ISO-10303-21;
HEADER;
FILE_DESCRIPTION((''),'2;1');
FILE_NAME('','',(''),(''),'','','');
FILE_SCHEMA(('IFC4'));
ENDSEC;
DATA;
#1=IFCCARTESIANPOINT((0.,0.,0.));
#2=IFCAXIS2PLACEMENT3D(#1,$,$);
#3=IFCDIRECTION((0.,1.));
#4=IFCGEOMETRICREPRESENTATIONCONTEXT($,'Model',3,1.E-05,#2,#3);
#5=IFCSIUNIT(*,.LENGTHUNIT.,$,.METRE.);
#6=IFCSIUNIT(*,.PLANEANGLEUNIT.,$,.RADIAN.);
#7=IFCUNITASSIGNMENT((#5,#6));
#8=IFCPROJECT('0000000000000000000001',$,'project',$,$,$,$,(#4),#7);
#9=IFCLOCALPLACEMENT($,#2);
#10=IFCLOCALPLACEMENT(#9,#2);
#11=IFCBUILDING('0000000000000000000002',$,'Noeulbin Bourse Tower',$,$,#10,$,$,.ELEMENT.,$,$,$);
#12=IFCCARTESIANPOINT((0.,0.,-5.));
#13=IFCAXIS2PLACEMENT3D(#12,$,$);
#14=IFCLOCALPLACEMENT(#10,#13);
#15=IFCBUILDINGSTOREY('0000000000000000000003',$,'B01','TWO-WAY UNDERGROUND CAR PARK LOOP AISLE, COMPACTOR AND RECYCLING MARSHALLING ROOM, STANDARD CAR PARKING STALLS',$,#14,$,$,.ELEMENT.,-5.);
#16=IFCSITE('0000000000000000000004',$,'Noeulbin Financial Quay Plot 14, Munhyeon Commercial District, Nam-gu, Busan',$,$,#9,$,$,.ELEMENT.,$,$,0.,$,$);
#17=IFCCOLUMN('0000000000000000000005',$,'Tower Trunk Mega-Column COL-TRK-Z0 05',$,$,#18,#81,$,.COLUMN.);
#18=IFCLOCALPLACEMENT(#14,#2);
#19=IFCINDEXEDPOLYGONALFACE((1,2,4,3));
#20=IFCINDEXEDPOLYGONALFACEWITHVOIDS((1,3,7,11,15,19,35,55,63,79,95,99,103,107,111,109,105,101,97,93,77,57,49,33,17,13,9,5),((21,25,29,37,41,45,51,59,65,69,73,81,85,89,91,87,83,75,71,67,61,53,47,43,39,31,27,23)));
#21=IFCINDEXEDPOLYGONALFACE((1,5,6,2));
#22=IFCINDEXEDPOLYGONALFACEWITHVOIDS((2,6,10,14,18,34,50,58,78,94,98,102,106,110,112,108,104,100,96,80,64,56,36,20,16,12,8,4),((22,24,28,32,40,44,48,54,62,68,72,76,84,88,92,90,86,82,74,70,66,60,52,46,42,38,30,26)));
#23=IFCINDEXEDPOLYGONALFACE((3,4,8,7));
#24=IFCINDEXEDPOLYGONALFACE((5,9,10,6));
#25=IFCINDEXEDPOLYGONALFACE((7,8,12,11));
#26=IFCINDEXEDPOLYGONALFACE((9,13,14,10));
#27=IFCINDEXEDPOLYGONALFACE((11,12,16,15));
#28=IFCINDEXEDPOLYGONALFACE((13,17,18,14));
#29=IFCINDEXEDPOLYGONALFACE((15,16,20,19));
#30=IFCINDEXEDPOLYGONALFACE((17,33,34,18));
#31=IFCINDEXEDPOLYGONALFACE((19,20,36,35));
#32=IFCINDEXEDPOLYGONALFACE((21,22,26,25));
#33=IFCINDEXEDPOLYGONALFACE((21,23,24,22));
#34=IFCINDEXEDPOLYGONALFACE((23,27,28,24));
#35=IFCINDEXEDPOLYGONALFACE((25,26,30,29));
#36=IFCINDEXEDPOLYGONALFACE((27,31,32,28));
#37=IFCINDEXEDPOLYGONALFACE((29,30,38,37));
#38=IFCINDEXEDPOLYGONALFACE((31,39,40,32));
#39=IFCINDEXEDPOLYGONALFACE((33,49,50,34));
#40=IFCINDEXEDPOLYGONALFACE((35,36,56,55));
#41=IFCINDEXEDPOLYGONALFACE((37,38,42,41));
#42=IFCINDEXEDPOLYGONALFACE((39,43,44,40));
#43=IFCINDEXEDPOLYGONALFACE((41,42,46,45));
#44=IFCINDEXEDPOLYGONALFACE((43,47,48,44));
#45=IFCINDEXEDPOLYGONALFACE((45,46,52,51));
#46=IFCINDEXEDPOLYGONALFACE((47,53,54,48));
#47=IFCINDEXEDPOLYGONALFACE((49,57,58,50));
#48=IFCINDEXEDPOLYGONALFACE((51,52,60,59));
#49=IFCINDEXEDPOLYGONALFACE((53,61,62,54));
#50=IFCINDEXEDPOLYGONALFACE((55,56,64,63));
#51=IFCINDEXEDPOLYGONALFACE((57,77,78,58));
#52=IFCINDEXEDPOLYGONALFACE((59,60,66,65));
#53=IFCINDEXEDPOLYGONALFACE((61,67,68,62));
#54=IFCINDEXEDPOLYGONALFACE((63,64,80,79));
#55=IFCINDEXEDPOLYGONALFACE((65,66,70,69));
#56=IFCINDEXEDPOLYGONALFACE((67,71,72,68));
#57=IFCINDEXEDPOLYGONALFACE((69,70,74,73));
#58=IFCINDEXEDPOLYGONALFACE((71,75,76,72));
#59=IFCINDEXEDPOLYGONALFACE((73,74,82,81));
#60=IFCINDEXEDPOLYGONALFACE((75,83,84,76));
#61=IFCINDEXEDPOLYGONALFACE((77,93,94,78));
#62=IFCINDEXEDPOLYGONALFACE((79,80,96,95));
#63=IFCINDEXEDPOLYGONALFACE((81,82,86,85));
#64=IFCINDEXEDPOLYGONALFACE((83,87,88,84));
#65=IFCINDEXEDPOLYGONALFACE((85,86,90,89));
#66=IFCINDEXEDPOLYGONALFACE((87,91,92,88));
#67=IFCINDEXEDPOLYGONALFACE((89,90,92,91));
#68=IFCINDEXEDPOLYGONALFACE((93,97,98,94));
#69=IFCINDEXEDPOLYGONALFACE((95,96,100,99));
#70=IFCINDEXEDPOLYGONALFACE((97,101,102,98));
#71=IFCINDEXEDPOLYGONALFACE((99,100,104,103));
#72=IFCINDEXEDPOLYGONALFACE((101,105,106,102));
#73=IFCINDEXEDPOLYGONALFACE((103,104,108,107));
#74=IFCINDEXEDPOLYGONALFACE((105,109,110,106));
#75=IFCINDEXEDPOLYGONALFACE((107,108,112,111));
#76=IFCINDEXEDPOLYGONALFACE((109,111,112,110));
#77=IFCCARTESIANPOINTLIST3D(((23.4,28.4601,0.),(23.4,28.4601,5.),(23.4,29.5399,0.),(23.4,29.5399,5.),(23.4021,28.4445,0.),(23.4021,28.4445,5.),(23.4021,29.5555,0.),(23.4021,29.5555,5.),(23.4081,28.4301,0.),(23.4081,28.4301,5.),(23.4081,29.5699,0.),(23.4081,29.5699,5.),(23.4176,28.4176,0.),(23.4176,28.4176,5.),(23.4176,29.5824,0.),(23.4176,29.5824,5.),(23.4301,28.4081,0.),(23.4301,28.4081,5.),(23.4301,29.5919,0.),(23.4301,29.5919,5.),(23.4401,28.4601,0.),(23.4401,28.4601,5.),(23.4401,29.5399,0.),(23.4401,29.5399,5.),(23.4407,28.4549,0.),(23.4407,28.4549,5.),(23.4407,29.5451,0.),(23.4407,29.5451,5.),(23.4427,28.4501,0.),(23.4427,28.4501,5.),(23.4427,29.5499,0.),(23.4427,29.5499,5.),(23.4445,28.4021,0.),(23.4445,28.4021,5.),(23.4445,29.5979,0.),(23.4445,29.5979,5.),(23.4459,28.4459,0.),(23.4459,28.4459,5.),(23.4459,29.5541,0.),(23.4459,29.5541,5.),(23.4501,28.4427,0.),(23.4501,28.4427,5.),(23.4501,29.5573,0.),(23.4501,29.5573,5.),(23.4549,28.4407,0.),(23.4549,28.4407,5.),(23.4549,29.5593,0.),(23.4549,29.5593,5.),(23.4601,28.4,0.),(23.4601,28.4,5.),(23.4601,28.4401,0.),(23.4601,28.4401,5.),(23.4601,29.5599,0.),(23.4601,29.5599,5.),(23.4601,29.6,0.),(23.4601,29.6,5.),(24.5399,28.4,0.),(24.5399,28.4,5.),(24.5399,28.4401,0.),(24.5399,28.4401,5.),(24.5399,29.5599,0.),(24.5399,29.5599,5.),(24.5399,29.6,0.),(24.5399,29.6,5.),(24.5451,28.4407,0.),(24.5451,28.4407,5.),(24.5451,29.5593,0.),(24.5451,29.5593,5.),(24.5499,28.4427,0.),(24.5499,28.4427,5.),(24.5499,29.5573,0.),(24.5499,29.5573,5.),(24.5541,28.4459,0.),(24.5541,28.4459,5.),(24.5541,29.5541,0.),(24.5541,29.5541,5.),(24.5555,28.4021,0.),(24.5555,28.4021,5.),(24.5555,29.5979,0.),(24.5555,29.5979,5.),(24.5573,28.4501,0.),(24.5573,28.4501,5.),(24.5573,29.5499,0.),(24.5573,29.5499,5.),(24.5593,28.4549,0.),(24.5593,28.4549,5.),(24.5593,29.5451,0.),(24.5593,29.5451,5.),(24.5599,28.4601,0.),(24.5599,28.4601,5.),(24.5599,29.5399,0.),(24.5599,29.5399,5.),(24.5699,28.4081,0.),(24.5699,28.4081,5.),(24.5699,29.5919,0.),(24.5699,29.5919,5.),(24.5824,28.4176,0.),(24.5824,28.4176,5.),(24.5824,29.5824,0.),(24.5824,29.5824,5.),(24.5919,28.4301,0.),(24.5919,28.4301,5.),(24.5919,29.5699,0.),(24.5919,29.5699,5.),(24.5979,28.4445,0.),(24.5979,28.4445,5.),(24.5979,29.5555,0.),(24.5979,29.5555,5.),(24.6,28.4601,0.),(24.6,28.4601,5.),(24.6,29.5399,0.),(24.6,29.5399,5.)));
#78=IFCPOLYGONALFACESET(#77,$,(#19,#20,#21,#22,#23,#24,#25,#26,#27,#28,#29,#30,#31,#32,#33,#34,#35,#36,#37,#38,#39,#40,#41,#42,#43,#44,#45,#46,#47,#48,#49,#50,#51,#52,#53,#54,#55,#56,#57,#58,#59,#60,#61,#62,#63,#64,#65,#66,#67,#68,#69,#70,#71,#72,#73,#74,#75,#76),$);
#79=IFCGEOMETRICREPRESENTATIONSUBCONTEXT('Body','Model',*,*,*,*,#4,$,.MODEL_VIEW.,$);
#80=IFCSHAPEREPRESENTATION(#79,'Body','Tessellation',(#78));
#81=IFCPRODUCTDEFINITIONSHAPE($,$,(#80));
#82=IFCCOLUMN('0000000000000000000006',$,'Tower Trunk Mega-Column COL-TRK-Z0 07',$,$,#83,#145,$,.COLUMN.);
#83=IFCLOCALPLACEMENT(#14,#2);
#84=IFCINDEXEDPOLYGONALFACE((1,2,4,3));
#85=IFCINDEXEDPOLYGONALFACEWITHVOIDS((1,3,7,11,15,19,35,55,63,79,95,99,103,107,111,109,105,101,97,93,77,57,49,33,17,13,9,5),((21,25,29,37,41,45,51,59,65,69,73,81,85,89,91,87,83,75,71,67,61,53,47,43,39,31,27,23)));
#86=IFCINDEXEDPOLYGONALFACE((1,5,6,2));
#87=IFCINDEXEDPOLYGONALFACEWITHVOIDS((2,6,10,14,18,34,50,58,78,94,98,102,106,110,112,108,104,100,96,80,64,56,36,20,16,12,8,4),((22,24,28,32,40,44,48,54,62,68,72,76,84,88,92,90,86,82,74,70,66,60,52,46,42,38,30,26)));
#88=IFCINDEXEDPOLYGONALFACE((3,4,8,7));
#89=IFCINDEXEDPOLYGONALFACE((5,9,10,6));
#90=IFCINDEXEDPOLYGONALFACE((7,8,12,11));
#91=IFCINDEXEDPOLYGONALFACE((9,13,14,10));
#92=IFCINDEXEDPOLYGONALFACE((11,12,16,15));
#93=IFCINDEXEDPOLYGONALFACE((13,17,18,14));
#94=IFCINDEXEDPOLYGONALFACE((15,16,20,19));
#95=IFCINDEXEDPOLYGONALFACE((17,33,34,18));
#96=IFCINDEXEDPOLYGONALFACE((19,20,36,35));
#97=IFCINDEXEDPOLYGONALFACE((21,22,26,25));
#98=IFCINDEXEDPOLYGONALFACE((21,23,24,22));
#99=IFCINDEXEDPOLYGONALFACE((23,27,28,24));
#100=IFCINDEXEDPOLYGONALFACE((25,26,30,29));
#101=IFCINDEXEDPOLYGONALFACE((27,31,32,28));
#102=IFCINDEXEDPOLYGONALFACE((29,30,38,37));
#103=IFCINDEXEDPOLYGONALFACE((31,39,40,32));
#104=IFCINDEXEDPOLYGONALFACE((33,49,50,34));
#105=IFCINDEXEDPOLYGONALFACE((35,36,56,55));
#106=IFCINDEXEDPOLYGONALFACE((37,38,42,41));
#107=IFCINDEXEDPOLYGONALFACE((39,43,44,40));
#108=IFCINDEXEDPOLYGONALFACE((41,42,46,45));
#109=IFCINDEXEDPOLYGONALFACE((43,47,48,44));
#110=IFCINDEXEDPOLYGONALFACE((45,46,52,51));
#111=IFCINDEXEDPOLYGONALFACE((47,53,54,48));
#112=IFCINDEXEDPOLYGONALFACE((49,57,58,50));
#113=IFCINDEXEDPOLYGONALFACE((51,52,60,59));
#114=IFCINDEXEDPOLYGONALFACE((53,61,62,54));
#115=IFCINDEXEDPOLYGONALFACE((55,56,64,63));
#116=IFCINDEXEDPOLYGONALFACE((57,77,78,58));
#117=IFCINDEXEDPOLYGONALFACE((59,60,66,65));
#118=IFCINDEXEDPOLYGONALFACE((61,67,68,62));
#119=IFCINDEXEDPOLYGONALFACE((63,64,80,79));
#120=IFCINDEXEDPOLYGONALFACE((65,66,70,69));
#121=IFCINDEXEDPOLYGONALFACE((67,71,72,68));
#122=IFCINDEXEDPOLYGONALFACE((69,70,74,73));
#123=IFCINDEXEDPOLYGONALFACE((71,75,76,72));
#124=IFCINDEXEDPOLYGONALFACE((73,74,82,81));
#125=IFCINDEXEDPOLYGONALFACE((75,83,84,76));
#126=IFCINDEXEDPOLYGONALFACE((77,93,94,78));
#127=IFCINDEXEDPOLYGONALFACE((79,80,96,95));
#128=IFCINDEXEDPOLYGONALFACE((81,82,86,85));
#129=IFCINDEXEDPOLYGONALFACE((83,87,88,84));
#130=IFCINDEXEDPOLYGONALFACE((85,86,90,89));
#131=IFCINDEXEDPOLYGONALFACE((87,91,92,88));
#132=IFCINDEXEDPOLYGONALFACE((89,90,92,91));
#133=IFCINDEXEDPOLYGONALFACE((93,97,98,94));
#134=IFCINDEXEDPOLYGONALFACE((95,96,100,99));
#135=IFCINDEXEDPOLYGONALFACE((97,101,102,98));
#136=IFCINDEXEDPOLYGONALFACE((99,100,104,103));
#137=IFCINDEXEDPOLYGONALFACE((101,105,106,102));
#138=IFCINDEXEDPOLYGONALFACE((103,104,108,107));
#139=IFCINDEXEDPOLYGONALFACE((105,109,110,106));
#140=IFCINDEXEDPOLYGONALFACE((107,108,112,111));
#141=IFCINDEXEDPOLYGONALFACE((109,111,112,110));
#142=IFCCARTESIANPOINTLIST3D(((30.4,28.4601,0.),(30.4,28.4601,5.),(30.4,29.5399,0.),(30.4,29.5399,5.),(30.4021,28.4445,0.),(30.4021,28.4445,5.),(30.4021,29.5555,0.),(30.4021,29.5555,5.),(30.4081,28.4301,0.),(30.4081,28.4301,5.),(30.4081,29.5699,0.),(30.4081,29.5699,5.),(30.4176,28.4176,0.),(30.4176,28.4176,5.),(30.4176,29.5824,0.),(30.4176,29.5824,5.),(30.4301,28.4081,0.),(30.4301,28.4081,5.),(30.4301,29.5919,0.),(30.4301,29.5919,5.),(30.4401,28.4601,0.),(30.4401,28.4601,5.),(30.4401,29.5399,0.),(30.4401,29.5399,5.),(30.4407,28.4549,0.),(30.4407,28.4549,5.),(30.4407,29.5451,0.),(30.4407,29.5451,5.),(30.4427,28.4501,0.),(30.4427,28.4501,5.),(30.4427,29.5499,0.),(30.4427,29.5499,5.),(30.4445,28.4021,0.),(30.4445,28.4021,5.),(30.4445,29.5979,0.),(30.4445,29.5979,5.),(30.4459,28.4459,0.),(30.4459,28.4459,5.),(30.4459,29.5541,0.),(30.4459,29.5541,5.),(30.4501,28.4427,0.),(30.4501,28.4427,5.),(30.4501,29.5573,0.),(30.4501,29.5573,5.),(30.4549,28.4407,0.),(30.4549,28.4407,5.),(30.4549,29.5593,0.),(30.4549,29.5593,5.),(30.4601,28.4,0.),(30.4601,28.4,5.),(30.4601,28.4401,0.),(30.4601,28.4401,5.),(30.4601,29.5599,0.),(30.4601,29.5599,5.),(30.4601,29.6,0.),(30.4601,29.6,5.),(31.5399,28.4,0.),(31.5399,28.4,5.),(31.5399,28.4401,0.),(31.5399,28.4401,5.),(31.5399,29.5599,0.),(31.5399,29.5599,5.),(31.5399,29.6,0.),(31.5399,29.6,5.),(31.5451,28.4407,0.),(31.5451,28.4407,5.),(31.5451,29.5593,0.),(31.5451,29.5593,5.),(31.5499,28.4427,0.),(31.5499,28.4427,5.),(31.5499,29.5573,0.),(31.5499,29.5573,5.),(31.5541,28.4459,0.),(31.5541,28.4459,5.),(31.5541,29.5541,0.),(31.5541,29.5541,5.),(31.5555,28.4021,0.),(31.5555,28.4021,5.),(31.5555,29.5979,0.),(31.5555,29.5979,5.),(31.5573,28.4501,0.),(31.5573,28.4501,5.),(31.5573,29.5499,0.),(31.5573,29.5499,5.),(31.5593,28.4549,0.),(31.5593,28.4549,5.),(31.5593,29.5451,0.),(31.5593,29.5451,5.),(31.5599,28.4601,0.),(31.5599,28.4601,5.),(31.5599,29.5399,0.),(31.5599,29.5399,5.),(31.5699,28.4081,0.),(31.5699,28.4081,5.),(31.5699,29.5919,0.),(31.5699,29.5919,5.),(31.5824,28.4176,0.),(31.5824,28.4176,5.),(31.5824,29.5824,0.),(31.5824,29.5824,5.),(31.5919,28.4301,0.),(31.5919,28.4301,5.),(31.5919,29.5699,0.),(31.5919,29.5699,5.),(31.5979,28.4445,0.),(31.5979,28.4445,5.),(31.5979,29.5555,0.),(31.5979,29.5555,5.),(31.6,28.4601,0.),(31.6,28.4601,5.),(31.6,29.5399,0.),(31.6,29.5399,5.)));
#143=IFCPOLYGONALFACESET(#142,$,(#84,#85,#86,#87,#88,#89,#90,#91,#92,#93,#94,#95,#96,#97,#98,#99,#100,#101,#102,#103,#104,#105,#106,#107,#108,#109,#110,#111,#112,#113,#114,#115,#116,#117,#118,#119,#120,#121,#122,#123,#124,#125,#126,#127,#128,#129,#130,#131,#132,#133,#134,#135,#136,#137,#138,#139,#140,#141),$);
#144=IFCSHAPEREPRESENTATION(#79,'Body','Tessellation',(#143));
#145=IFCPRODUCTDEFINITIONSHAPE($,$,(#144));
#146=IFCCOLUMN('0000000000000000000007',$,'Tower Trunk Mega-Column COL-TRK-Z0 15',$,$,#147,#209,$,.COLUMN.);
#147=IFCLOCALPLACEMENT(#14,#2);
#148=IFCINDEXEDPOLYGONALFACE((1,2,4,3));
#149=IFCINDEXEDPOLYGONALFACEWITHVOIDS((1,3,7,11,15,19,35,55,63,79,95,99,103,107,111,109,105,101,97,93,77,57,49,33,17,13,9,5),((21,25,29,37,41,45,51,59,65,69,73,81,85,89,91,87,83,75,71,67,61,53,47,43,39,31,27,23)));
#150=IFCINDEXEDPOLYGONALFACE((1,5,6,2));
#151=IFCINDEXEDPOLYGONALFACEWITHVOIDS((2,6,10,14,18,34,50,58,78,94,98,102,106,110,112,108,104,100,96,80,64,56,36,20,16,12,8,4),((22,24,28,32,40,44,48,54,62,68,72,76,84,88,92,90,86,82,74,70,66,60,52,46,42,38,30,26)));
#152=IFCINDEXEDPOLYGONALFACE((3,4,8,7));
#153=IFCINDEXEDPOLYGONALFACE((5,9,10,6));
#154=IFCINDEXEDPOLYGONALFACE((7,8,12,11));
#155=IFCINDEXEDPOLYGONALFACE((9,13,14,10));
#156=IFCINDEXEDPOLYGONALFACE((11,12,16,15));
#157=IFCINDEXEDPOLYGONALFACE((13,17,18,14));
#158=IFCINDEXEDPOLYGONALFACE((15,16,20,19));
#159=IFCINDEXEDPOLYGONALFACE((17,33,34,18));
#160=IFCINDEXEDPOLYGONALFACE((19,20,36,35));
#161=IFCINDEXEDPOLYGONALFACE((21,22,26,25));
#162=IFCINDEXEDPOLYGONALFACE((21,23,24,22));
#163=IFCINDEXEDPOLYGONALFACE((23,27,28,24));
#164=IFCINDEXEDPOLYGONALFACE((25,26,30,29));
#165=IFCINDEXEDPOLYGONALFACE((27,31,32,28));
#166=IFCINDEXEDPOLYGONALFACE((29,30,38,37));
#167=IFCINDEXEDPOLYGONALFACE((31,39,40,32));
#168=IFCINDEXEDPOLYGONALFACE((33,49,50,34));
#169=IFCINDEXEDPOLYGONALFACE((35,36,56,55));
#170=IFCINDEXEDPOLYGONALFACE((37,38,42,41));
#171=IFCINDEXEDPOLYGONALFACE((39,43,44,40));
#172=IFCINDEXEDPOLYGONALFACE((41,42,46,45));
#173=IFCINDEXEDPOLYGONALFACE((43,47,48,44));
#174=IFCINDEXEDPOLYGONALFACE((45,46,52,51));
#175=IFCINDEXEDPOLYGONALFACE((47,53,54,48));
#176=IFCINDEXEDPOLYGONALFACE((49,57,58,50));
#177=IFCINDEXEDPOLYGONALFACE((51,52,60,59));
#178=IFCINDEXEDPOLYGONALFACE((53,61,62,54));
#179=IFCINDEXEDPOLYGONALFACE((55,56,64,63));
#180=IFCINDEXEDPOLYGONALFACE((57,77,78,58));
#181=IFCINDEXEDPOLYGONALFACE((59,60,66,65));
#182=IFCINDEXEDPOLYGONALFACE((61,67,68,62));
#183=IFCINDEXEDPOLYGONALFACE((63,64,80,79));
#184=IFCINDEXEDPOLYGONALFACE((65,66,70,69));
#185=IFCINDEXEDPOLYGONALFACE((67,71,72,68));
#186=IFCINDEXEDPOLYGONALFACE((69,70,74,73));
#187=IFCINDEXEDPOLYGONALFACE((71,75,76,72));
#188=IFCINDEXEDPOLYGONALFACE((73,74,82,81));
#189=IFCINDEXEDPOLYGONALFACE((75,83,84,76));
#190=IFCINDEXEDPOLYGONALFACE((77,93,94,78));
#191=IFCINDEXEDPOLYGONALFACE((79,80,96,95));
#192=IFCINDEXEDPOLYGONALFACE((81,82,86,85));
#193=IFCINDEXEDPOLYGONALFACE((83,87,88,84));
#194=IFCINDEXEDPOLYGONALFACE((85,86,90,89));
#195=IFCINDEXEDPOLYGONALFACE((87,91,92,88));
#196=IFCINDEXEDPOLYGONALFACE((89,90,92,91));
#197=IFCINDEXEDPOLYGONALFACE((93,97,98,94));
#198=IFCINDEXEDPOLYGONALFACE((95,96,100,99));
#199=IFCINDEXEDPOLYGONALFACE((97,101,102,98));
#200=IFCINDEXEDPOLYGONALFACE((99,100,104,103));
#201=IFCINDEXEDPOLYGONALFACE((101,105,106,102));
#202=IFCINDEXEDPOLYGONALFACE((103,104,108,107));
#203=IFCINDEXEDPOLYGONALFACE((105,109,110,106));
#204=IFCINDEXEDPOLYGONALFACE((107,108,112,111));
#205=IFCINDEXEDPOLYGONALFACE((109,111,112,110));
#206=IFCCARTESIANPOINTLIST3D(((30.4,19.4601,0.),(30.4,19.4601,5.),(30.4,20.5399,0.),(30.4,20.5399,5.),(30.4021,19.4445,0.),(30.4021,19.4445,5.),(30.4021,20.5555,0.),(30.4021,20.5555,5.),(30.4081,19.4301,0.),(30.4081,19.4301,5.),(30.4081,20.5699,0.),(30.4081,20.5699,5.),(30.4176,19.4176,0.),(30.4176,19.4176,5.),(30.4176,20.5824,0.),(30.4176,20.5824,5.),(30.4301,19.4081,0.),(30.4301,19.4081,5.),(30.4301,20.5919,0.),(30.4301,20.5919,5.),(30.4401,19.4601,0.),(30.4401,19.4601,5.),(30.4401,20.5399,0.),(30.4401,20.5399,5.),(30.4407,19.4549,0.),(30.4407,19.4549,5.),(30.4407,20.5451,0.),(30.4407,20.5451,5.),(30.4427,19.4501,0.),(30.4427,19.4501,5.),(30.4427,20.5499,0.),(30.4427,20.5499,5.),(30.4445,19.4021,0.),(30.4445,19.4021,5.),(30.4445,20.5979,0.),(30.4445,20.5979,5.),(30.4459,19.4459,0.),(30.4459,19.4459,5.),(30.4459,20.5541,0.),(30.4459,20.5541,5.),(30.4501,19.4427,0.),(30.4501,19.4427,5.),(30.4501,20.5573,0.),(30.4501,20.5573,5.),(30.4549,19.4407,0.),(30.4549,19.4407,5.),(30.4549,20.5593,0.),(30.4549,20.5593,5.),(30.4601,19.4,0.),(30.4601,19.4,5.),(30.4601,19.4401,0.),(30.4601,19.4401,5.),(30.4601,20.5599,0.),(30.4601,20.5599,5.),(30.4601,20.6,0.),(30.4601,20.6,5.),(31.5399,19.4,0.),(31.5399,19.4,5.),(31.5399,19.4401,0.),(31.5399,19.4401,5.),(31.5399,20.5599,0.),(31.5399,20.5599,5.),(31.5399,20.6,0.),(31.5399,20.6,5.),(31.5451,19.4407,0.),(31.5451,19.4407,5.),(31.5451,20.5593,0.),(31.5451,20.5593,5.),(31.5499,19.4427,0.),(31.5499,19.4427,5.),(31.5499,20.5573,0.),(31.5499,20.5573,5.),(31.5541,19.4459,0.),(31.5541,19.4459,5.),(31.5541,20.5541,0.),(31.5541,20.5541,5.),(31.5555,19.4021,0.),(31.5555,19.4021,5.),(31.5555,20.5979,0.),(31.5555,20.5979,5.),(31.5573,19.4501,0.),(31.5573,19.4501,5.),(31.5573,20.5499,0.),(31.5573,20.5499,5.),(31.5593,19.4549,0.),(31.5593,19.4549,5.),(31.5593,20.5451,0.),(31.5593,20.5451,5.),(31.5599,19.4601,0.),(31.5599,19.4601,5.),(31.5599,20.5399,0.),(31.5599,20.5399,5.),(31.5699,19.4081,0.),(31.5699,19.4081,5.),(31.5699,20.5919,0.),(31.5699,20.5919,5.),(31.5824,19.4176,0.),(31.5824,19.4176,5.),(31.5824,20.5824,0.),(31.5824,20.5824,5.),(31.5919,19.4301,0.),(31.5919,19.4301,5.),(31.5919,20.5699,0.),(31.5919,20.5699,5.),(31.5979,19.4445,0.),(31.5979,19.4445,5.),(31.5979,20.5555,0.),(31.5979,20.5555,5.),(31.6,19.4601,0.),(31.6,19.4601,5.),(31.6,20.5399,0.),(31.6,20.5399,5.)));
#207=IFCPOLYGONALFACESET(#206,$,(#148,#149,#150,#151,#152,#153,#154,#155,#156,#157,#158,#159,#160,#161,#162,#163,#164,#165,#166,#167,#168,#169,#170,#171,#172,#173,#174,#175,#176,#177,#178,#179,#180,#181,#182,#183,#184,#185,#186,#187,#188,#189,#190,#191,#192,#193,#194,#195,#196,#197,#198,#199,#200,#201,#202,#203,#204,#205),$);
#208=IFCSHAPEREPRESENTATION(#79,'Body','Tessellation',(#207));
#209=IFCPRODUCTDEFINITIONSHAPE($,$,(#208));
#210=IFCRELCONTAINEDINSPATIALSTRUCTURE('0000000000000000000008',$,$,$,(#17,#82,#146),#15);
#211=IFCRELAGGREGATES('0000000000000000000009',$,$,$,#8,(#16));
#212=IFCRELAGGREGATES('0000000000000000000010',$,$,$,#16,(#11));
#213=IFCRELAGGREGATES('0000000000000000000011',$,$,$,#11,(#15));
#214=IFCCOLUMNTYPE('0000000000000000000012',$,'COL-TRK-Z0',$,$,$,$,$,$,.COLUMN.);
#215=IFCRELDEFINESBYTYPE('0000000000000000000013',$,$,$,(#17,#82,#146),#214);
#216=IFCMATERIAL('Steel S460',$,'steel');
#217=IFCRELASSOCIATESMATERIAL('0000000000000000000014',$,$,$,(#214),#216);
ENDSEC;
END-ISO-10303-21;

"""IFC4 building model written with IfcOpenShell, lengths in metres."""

from ifc_helpers import new_model, si_unit, direction, frame, origin, origin_2d, place, context, subcontext, project, spatial, hollow_rectangle, extrude, material, material_profile, profile_set, type_object, element, save


model = new_model("IFC4")

# Units and contexts
model_context = context("Model", 3, precision=1e-05, world=origin(), true_north=direction((0.0, 1.0)))
body_context = subcontext(model_context, "Body", "Model", "MODEL_VIEW")
ifc_project = project(units=[si_unit("LENGTHUNIT", "METRE"), si_unit("PLANEANGLEUNIT", "RADIAN")], contexts=[model_context])

# Site, building, storey
site_placement = place(None, origin())
site = spatial("IfcSite", under=ifc_project, at=site_placement, Name="Noeulbin Financial Quay Plot 14, Munhyeon Commercial District, Nam-gu, Busan", CompositionType="ELEMENT", RefElevation=0.0)
building_placement = place(site_placement, origin())
building = spatial("IfcBuilding", under=site, at=building_placement, Name="Noeulbin Bourse Tower", CompositionType="ELEMENT")
storey_placement = place(building_placement, frame((0.0, 0.0, -5.0)))
storey = spatial("IfcBuildingStorey", under=building, at=storey_placement, Name="B01", Description="TWO-WAY UNDERGROUND CAR PARK LOOP AISLE, COMPACTOR AND RECYCLING MARSHALLING ROOM, STANDARD CAR PARKING STALLS", CompositionType="ELEMENT", Elevation=-5.0)

# Columns
ifc_material_1 = material(Name="Steel S460", Category="steel")
ifc_material_profile_1 = material_profile(ifc_material_1, hollow_rectangle(XDim=1.2, YDim=1.2, WallThickness=0.04, InnerFilletRadius=0.02, OuterFilletRadius=0.0601, at=origin_2d()), Name="BOX-1200x1200x40", Category="LoadBearing")
ifc_profile_set_1 = profile_set([ifc_material_profile_1], Name="Steel S460")
column_type = type_object("IfcColumnType", Name="COL-TRK-Z0", PredefinedType="COLUMN", material=ifc_profile_set_1)
for number, where, z_axis, x_axis, name in (
    (1, (24.0, 29.0, 0.0), (0.0, 0.0, 1.0), (1.0, 0.0, 0.0), "Tower Trunk Mega-Column COL-TRK-Z0 05"),
    (2, (31.0, 29.0, 0.0), (0.0, 0.0, 1.0), (1.0, 0.0, 0.0), "Tower Trunk Mega-Column COL-TRK-Z0 07"),
    (3, (31.0, 20.0, 0.0), (0.0, 0.0, 1.0), (1.0, 0.0, 0.0), "Tower Trunk Mega-Column COL-TRK-Z0 15"),
):
    element("IfcColumn", number, at=place(storey_placement, frame(where, z_axis=z_axis, x_axis=x_axis)), inside=storey, type_object=column_type, Name=name, PredefinedType="COLUMN", context=body_context, shape_type="SweptSolid", body=[
        extrude(hollow_rectangle(XDim=1.2, YDim=1.2, WallThickness=0.04, InnerFilletRadius=0.02, OuterFilletRadius=0.0601, at=origin_2d()), origin(), (0.0, 0.0, 1.0), 5.0),
    ])

save(model, "model.ifc")
